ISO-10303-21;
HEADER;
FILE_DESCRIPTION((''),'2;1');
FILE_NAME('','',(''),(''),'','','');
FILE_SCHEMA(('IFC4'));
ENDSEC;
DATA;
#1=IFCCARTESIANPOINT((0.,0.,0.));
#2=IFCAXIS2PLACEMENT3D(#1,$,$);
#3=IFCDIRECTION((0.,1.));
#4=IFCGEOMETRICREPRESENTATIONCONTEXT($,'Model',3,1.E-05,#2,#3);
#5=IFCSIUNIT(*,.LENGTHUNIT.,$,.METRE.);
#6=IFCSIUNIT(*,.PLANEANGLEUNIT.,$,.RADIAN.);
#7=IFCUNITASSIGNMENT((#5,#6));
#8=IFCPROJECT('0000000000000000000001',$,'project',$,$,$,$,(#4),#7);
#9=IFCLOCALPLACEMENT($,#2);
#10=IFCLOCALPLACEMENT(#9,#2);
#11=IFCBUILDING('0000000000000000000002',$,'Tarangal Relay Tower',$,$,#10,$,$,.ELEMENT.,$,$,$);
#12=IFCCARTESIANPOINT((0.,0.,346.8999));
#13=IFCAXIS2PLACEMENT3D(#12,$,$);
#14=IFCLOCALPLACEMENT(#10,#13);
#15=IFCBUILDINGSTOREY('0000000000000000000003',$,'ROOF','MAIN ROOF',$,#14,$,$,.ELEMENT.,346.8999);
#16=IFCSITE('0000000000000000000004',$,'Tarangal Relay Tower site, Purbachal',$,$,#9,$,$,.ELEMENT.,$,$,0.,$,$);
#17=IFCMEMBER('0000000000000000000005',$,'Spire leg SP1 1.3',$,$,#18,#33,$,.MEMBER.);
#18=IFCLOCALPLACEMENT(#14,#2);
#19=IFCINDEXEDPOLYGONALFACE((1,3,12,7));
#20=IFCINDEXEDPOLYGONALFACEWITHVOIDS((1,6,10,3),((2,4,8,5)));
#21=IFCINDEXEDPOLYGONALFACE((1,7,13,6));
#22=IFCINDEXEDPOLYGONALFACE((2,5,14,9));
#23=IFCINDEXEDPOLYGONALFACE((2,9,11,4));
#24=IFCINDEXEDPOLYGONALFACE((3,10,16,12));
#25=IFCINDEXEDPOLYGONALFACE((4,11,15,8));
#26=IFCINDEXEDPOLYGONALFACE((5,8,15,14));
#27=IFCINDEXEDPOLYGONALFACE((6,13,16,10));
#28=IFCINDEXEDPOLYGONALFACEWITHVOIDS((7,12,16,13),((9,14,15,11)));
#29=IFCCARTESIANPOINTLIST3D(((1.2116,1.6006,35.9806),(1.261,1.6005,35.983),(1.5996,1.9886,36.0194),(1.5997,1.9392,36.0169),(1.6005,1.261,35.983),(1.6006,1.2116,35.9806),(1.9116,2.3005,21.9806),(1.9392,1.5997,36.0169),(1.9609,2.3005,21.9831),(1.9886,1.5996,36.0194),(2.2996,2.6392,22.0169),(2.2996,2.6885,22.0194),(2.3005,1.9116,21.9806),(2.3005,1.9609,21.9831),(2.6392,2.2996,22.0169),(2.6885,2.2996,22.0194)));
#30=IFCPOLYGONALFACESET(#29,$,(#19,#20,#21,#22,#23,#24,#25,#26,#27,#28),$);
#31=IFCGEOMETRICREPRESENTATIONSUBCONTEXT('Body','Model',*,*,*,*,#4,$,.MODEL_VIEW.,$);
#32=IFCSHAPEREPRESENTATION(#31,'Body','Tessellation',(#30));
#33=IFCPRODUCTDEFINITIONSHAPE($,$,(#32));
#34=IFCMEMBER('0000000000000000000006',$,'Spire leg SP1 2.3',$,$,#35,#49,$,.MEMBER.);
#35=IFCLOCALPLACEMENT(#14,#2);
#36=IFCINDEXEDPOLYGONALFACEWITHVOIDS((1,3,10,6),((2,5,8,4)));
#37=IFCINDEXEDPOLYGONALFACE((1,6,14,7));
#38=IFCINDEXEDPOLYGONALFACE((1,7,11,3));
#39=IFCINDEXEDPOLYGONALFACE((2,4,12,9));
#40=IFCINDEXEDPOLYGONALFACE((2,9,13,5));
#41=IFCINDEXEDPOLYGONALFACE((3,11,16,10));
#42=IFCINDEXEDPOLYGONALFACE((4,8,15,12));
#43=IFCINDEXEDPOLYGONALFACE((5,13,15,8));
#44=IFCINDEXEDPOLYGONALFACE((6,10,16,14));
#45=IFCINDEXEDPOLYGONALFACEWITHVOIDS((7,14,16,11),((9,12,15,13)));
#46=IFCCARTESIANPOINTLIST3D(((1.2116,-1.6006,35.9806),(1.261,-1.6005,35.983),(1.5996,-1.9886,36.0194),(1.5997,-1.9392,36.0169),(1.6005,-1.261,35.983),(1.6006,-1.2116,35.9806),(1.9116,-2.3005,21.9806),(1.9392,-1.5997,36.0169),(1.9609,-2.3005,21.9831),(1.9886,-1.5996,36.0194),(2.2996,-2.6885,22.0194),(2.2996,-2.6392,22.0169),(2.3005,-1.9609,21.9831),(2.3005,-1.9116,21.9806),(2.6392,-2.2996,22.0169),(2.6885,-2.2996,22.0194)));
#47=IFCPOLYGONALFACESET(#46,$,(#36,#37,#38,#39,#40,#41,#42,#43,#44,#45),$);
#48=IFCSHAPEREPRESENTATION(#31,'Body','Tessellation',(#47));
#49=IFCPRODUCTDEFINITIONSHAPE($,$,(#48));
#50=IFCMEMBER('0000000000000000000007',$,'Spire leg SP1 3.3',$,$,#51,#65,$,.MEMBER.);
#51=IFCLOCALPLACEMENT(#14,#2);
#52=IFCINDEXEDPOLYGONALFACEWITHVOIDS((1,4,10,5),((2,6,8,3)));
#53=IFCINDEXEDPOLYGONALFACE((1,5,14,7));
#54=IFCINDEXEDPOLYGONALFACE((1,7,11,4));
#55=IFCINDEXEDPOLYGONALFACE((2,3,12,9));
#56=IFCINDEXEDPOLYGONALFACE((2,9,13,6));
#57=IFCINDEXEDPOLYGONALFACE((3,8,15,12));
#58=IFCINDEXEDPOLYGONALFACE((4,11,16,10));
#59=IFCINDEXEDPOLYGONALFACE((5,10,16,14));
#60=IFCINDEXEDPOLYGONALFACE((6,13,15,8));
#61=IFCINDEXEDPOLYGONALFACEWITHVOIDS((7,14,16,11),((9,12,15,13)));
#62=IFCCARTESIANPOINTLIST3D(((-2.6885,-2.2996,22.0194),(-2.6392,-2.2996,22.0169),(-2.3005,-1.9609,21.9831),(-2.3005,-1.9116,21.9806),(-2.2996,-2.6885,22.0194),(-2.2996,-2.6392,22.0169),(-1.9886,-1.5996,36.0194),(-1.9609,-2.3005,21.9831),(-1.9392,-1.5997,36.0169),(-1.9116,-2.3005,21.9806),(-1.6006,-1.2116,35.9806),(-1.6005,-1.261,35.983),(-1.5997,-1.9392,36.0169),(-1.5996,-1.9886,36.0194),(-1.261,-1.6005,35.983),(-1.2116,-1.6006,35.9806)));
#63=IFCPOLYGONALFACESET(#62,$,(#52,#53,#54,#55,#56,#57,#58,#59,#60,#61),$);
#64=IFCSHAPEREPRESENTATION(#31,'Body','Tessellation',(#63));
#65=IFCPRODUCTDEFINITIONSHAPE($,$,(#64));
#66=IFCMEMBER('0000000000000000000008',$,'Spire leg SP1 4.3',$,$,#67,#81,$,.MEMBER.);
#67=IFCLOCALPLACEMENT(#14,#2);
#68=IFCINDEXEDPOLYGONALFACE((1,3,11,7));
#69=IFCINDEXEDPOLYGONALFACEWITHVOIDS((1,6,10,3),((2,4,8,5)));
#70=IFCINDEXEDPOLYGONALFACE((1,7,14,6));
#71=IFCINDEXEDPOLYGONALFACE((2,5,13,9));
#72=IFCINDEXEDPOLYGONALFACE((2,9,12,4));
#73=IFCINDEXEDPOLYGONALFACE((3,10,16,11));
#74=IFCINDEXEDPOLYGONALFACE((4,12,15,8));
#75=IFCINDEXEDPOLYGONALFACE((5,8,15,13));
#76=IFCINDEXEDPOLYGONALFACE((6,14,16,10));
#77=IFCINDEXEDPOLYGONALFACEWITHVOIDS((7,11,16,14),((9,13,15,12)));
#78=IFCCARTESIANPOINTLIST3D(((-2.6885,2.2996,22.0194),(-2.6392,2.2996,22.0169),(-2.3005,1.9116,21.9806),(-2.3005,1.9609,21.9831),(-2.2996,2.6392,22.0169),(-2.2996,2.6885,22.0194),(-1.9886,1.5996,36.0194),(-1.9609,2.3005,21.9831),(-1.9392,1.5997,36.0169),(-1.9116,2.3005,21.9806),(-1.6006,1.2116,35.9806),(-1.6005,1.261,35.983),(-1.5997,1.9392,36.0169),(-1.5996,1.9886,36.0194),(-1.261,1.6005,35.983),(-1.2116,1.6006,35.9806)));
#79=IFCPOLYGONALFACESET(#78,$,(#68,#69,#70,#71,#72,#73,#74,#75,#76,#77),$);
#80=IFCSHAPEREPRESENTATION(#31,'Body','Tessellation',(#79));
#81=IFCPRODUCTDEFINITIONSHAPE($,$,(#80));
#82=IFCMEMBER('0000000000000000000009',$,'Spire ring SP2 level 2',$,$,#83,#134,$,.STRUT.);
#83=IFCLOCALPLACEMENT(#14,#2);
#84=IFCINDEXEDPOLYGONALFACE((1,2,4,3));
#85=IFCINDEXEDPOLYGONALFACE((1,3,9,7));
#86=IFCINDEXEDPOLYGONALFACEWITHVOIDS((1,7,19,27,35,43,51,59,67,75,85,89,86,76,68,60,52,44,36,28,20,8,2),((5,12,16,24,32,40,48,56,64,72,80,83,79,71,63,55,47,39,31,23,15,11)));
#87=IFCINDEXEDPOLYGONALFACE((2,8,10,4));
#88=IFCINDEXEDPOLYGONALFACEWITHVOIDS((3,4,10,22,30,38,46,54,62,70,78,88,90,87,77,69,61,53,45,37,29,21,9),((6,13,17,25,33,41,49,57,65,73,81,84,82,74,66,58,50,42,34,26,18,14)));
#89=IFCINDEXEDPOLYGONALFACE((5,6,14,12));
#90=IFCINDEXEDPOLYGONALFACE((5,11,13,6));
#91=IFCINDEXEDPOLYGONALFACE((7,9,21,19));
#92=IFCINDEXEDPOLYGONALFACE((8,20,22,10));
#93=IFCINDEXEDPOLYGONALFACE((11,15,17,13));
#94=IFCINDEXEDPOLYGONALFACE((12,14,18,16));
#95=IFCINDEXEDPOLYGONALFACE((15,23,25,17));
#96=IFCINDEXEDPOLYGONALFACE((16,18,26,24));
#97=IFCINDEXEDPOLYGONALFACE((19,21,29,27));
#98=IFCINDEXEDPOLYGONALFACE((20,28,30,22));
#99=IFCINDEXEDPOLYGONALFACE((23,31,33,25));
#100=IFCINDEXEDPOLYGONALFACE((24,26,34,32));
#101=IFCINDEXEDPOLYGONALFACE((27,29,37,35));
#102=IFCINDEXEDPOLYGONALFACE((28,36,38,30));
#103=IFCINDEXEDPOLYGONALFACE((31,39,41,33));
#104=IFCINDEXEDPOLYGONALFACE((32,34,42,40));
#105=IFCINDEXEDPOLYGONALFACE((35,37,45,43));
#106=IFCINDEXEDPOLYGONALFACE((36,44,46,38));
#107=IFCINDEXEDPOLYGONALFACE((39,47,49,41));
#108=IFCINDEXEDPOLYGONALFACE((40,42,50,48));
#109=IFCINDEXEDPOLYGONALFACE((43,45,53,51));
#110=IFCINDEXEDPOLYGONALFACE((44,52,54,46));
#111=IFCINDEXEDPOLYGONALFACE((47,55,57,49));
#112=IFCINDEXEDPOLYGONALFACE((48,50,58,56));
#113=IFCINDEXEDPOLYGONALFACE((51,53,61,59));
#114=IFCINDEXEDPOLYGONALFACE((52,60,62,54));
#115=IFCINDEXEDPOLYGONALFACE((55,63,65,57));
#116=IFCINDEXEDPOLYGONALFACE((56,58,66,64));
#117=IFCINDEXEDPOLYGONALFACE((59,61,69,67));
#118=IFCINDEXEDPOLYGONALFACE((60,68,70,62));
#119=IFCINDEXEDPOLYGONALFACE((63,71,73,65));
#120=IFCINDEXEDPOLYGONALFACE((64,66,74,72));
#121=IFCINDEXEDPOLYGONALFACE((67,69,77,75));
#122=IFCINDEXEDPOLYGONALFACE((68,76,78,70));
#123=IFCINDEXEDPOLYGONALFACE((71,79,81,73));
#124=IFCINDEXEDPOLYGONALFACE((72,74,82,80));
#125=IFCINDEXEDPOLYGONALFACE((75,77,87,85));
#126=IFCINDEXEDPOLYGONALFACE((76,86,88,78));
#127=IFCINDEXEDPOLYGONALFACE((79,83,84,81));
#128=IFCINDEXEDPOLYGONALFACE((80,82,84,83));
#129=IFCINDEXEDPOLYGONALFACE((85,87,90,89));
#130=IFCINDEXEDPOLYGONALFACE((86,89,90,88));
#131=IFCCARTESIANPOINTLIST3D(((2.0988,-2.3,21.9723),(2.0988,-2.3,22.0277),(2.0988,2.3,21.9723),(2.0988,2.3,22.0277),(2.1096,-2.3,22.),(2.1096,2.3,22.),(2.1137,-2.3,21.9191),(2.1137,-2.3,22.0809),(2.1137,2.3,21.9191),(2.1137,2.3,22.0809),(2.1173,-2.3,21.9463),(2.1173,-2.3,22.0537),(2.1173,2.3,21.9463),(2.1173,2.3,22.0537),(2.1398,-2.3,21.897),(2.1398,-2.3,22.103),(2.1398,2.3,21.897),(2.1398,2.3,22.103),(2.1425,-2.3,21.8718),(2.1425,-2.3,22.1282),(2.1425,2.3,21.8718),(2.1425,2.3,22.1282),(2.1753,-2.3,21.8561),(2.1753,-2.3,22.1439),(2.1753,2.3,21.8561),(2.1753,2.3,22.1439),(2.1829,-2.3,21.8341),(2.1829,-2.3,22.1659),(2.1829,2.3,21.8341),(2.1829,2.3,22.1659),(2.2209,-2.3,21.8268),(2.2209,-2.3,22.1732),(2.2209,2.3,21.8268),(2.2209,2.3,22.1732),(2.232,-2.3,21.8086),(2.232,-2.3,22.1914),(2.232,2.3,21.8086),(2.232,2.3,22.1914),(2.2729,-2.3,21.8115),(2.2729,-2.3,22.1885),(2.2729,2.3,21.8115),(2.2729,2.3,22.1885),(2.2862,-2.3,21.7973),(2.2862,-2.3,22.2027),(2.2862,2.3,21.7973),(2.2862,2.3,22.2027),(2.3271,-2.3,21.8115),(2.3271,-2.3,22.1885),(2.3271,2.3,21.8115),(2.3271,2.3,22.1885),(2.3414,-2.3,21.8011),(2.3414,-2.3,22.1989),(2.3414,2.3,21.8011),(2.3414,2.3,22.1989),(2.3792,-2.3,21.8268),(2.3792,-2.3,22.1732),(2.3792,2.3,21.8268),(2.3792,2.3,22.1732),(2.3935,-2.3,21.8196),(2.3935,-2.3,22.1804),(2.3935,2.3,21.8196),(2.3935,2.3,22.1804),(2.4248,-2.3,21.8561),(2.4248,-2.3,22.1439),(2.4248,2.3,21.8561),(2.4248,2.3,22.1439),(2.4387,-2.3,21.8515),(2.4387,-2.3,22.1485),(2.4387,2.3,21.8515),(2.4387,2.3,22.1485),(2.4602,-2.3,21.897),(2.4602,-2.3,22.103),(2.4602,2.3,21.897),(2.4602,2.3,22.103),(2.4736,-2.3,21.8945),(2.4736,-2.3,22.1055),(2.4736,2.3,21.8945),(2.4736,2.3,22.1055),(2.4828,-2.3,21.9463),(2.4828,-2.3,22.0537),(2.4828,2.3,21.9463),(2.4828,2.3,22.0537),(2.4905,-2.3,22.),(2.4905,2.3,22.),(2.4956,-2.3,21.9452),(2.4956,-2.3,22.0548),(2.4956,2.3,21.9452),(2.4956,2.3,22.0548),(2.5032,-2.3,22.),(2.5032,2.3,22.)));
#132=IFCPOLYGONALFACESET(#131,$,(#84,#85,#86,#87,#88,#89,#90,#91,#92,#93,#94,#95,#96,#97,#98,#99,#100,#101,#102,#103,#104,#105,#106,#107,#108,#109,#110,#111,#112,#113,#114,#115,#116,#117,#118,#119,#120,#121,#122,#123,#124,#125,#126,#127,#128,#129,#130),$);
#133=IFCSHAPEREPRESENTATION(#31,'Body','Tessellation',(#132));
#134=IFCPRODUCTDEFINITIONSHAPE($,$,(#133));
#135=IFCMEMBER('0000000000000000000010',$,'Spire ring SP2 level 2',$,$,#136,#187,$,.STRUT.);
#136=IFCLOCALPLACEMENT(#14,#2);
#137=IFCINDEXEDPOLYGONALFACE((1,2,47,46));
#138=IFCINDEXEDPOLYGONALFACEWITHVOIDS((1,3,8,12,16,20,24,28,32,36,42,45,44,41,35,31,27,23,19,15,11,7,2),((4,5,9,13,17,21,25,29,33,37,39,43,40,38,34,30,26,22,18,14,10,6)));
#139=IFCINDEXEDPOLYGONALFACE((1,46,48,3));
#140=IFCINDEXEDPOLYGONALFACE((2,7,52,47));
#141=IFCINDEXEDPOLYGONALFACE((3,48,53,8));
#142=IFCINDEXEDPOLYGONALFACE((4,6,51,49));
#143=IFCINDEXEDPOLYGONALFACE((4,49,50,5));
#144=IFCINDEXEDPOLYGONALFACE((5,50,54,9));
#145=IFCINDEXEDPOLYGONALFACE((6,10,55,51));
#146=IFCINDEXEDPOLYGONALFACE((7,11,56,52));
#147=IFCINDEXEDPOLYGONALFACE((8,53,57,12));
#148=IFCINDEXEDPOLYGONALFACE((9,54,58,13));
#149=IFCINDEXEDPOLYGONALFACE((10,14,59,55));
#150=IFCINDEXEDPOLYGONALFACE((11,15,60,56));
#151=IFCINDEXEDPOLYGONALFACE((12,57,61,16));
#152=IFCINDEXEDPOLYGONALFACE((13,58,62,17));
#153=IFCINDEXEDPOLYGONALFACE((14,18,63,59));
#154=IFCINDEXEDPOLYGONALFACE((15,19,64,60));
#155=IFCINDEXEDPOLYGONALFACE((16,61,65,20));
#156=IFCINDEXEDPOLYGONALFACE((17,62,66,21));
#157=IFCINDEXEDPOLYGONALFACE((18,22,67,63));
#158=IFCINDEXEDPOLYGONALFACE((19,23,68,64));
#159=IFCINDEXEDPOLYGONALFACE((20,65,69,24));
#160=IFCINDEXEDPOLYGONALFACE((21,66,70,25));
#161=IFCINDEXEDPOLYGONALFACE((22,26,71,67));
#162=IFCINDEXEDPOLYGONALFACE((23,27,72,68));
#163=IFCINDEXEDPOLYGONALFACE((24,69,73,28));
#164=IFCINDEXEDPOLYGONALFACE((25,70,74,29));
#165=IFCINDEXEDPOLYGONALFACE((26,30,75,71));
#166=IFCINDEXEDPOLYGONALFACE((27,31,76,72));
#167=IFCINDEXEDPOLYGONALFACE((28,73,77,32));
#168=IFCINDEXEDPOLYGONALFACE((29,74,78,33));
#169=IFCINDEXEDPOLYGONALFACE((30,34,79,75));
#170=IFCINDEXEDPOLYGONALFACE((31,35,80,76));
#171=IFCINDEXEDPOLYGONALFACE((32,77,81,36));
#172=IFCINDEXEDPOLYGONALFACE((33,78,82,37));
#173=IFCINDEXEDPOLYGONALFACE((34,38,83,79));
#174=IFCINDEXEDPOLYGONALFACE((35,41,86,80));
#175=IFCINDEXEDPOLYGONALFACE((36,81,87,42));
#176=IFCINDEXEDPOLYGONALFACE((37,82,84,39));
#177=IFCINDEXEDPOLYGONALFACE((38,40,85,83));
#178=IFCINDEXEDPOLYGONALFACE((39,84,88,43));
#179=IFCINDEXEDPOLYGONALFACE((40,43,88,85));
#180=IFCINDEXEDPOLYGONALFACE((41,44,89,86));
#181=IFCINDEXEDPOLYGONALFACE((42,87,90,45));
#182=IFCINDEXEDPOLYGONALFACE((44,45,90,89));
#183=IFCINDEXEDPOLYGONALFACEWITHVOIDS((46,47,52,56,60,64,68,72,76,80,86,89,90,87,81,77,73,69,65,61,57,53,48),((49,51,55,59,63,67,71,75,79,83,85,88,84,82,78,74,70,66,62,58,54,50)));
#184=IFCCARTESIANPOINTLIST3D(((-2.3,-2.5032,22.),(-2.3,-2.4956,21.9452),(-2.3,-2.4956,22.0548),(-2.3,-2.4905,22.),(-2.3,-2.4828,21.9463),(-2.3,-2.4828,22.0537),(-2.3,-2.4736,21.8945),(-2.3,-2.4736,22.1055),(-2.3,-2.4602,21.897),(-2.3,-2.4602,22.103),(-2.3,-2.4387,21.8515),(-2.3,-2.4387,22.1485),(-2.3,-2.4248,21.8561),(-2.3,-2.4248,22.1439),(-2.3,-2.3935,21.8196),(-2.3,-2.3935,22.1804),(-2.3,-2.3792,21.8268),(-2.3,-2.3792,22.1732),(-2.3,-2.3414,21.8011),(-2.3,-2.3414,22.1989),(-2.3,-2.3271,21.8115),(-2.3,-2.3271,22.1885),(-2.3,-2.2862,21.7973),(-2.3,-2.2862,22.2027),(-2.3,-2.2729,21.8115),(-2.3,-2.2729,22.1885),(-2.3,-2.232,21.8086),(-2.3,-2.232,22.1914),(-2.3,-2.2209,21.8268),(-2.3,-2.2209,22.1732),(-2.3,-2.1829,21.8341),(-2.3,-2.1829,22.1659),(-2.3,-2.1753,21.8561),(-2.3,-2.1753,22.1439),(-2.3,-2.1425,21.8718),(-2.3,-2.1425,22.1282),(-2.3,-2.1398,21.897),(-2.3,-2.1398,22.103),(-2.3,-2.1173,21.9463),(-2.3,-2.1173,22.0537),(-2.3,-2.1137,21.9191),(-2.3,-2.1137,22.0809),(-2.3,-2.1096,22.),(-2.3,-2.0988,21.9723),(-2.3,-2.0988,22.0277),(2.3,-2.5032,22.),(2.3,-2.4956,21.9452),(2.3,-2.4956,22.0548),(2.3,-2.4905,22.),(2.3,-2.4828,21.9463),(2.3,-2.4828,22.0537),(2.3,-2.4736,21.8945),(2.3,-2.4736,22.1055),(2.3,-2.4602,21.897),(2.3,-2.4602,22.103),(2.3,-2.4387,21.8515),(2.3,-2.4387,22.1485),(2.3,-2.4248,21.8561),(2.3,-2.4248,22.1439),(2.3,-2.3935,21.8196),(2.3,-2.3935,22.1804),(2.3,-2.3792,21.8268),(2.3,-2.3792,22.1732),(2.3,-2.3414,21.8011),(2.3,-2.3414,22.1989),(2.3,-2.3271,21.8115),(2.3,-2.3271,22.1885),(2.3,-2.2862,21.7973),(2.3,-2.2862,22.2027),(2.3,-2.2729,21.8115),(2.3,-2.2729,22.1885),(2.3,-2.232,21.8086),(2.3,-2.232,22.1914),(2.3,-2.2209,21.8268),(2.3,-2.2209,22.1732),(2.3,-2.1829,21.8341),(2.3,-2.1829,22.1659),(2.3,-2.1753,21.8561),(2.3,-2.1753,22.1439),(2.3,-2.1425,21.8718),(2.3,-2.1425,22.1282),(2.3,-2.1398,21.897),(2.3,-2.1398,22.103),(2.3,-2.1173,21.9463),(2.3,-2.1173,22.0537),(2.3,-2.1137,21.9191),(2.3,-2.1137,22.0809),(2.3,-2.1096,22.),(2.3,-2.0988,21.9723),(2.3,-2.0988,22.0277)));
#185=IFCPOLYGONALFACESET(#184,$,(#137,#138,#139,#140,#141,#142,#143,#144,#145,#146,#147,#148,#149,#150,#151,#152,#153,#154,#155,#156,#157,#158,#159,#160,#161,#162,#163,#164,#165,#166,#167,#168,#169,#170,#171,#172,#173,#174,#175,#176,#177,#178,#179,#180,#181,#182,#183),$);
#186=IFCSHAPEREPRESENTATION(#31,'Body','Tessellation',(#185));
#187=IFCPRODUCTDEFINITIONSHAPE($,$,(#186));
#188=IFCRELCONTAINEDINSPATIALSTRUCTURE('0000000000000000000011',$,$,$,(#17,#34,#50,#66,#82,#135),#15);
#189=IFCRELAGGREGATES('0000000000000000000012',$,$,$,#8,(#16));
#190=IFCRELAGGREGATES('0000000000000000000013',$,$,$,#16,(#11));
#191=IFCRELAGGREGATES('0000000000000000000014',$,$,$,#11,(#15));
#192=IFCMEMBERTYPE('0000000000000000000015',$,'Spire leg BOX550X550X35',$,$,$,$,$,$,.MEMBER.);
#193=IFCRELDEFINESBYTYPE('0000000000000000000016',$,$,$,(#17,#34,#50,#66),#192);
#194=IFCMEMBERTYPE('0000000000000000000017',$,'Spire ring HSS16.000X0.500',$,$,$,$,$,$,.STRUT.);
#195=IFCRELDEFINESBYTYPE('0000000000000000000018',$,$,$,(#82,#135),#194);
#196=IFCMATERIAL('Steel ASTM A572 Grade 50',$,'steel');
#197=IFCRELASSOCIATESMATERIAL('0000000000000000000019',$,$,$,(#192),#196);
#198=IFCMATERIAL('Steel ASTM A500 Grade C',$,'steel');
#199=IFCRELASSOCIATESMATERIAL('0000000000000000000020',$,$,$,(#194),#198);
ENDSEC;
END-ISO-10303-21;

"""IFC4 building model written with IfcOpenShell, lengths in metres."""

from ifc_helpers import new_model, si_unit, direction, frame, origin, origin_2d, place, context, subcontext, project, spatial, hollow_rectangle, hollow_circle, extrude, material, material_profile, profile_set, type_object, element, save


model = new_model("IFC4")

# Units and contexts
model_context = context("Model", 3, precision=1e-05, world=origin(), true_north=direction((0.0, 1.0)))
body_context = subcontext(model_context, "Body", "Model", "MODEL_VIEW")
ifc_project = project(units=[si_unit("LENGTHUNIT", "METRE"), si_unit("PLANEANGLEUNIT", "RADIAN")], contexts=[model_context])

# Site, building, storey
site_placement = place(None, origin())
site = spatial("IfcSite", under=ifc_project, at=site_placement, Name="Tarangal Relay Tower site, Purbachal", CompositionType="ELEMENT", RefElevation=0.0)
building_placement = place(site_placement, origin())
building = spatial("IfcBuilding", under=site, at=building_placement, Name="Tarangal Relay Tower", CompositionType="ELEMENT")
storey_placement = place(building_placement, frame((0.0, 0.0, 346.8999)))
storey = spatial("IfcBuildingStorey", under=building, at=storey_placement, Name="ROOF", Description="MAIN ROOF", CompositionType="ELEMENT", Elevation=346.8999)

# Members
ifc_material_1 = material(Name="Steel ASTM A500 Grade C", Category="steel")
ifc_material_2 = material(Name="Steel ASTM A572 Grade 50", Category="steel")
ifc_material_profile_1 = material_profile(ifc_material_2, hollow_rectangle(XDim=0.55, YDim=0.55, WallThickness=0.0349, at=origin_2d()), Name="BOX550X550X35")
ifc_profile_set_1 = profile_set([ifc_material_profile_1], Name="Steel ASTM A572 Grade 50")
member_type_1 = type_object("IfcMemberType", Name="Spire leg BOX550X550X35", PredefinedType="MEMBER", material=ifc_profile_set_1)
for number, where, z_axis, x_axis, name in (
    (1, (2.3, 2.3, 22.0), (-0.049872, -0.049872, 0.99751), (0.707107, -0.707107, 0.0), "Spire leg SP1 1.3"),
    (2, (2.3, -2.3, 22.0), (-0.049872, 0.049872, 0.99751), (-0.707107, -0.707107, 0.0), "Spire leg SP1 2.3"),
    (3, (-2.3, -2.3, 22.0), (0.049872, 0.049872, 0.99751), (-0.707107, 0.707107, 0.0), "Spire leg SP1 3.3"),
    (4, (-2.3, 2.3, 22.0), (0.049872, -0.049872, 0.99751), (0.707107, 0.707107, 0.0), "Spire leg SP1 4.3"),
):
    element("IfcMember", number, at=place(storey_placement, frame(where, z_axis=z_axis, x_axis=x_axis)), inside=storey, type_object=member_type_1, Name=name, PredefinedType="MEMBER", context=body_context, shape_type="SweptSolid", body=[
        extrude(hollow_rectangle(XDim=0.55, YDim=0.55, WallThickness=0.0349, at=origin_2d()), origin(), (0.0, 0.0, 1.0), 14.0349),
    ])
ifc_material_profile_2 = material_profile(ifc_material_1, hollow_circle(Radius=0.2031, WallThickness=0.0127, at=origin_2d()), Name="HSS16.000X0.500")
ifc_profile_set_2 = profile_set([ifc_material_profile_2], Name="Steel ASTM A500 Grade C")
member_type_2 = type_object("IfcMemberType", Name="Spire ring HSS16.000X0.500", PredefinedType="STRUT", material=ifc_profile_set_2)
for number, where, z_axis, x_axis, name in (
    (5, (2.3, 2.3, 22.0), (0.0, -1.0, 0.0), (1.0, 0.0, 0.0), "Spire ring SP2 level 2"),
    (6, (2.3, -2.3, 22.0), (-1.0, 0.0, 0.0), (0.0, -1.0, 0.0), "Spire ring SP2 level 2"),
):
    element("IfcMember", number, at=place(storey_placement, frame(where, z_axis=z_axis, x_axis=x_axis)), inside=storey, type_object=member_type_2, Name=name, PredefinedType="STRUT", context=body_context, shape_type="SweptSolid", body=[
        extrude(hollow_circle(Radius=0.2031, WallThickness=0.0127, at=origin_2d()), origin(), (0.0, 0.0, 1.0), 4.6001),
    ])

save(model, "model.ifc")
